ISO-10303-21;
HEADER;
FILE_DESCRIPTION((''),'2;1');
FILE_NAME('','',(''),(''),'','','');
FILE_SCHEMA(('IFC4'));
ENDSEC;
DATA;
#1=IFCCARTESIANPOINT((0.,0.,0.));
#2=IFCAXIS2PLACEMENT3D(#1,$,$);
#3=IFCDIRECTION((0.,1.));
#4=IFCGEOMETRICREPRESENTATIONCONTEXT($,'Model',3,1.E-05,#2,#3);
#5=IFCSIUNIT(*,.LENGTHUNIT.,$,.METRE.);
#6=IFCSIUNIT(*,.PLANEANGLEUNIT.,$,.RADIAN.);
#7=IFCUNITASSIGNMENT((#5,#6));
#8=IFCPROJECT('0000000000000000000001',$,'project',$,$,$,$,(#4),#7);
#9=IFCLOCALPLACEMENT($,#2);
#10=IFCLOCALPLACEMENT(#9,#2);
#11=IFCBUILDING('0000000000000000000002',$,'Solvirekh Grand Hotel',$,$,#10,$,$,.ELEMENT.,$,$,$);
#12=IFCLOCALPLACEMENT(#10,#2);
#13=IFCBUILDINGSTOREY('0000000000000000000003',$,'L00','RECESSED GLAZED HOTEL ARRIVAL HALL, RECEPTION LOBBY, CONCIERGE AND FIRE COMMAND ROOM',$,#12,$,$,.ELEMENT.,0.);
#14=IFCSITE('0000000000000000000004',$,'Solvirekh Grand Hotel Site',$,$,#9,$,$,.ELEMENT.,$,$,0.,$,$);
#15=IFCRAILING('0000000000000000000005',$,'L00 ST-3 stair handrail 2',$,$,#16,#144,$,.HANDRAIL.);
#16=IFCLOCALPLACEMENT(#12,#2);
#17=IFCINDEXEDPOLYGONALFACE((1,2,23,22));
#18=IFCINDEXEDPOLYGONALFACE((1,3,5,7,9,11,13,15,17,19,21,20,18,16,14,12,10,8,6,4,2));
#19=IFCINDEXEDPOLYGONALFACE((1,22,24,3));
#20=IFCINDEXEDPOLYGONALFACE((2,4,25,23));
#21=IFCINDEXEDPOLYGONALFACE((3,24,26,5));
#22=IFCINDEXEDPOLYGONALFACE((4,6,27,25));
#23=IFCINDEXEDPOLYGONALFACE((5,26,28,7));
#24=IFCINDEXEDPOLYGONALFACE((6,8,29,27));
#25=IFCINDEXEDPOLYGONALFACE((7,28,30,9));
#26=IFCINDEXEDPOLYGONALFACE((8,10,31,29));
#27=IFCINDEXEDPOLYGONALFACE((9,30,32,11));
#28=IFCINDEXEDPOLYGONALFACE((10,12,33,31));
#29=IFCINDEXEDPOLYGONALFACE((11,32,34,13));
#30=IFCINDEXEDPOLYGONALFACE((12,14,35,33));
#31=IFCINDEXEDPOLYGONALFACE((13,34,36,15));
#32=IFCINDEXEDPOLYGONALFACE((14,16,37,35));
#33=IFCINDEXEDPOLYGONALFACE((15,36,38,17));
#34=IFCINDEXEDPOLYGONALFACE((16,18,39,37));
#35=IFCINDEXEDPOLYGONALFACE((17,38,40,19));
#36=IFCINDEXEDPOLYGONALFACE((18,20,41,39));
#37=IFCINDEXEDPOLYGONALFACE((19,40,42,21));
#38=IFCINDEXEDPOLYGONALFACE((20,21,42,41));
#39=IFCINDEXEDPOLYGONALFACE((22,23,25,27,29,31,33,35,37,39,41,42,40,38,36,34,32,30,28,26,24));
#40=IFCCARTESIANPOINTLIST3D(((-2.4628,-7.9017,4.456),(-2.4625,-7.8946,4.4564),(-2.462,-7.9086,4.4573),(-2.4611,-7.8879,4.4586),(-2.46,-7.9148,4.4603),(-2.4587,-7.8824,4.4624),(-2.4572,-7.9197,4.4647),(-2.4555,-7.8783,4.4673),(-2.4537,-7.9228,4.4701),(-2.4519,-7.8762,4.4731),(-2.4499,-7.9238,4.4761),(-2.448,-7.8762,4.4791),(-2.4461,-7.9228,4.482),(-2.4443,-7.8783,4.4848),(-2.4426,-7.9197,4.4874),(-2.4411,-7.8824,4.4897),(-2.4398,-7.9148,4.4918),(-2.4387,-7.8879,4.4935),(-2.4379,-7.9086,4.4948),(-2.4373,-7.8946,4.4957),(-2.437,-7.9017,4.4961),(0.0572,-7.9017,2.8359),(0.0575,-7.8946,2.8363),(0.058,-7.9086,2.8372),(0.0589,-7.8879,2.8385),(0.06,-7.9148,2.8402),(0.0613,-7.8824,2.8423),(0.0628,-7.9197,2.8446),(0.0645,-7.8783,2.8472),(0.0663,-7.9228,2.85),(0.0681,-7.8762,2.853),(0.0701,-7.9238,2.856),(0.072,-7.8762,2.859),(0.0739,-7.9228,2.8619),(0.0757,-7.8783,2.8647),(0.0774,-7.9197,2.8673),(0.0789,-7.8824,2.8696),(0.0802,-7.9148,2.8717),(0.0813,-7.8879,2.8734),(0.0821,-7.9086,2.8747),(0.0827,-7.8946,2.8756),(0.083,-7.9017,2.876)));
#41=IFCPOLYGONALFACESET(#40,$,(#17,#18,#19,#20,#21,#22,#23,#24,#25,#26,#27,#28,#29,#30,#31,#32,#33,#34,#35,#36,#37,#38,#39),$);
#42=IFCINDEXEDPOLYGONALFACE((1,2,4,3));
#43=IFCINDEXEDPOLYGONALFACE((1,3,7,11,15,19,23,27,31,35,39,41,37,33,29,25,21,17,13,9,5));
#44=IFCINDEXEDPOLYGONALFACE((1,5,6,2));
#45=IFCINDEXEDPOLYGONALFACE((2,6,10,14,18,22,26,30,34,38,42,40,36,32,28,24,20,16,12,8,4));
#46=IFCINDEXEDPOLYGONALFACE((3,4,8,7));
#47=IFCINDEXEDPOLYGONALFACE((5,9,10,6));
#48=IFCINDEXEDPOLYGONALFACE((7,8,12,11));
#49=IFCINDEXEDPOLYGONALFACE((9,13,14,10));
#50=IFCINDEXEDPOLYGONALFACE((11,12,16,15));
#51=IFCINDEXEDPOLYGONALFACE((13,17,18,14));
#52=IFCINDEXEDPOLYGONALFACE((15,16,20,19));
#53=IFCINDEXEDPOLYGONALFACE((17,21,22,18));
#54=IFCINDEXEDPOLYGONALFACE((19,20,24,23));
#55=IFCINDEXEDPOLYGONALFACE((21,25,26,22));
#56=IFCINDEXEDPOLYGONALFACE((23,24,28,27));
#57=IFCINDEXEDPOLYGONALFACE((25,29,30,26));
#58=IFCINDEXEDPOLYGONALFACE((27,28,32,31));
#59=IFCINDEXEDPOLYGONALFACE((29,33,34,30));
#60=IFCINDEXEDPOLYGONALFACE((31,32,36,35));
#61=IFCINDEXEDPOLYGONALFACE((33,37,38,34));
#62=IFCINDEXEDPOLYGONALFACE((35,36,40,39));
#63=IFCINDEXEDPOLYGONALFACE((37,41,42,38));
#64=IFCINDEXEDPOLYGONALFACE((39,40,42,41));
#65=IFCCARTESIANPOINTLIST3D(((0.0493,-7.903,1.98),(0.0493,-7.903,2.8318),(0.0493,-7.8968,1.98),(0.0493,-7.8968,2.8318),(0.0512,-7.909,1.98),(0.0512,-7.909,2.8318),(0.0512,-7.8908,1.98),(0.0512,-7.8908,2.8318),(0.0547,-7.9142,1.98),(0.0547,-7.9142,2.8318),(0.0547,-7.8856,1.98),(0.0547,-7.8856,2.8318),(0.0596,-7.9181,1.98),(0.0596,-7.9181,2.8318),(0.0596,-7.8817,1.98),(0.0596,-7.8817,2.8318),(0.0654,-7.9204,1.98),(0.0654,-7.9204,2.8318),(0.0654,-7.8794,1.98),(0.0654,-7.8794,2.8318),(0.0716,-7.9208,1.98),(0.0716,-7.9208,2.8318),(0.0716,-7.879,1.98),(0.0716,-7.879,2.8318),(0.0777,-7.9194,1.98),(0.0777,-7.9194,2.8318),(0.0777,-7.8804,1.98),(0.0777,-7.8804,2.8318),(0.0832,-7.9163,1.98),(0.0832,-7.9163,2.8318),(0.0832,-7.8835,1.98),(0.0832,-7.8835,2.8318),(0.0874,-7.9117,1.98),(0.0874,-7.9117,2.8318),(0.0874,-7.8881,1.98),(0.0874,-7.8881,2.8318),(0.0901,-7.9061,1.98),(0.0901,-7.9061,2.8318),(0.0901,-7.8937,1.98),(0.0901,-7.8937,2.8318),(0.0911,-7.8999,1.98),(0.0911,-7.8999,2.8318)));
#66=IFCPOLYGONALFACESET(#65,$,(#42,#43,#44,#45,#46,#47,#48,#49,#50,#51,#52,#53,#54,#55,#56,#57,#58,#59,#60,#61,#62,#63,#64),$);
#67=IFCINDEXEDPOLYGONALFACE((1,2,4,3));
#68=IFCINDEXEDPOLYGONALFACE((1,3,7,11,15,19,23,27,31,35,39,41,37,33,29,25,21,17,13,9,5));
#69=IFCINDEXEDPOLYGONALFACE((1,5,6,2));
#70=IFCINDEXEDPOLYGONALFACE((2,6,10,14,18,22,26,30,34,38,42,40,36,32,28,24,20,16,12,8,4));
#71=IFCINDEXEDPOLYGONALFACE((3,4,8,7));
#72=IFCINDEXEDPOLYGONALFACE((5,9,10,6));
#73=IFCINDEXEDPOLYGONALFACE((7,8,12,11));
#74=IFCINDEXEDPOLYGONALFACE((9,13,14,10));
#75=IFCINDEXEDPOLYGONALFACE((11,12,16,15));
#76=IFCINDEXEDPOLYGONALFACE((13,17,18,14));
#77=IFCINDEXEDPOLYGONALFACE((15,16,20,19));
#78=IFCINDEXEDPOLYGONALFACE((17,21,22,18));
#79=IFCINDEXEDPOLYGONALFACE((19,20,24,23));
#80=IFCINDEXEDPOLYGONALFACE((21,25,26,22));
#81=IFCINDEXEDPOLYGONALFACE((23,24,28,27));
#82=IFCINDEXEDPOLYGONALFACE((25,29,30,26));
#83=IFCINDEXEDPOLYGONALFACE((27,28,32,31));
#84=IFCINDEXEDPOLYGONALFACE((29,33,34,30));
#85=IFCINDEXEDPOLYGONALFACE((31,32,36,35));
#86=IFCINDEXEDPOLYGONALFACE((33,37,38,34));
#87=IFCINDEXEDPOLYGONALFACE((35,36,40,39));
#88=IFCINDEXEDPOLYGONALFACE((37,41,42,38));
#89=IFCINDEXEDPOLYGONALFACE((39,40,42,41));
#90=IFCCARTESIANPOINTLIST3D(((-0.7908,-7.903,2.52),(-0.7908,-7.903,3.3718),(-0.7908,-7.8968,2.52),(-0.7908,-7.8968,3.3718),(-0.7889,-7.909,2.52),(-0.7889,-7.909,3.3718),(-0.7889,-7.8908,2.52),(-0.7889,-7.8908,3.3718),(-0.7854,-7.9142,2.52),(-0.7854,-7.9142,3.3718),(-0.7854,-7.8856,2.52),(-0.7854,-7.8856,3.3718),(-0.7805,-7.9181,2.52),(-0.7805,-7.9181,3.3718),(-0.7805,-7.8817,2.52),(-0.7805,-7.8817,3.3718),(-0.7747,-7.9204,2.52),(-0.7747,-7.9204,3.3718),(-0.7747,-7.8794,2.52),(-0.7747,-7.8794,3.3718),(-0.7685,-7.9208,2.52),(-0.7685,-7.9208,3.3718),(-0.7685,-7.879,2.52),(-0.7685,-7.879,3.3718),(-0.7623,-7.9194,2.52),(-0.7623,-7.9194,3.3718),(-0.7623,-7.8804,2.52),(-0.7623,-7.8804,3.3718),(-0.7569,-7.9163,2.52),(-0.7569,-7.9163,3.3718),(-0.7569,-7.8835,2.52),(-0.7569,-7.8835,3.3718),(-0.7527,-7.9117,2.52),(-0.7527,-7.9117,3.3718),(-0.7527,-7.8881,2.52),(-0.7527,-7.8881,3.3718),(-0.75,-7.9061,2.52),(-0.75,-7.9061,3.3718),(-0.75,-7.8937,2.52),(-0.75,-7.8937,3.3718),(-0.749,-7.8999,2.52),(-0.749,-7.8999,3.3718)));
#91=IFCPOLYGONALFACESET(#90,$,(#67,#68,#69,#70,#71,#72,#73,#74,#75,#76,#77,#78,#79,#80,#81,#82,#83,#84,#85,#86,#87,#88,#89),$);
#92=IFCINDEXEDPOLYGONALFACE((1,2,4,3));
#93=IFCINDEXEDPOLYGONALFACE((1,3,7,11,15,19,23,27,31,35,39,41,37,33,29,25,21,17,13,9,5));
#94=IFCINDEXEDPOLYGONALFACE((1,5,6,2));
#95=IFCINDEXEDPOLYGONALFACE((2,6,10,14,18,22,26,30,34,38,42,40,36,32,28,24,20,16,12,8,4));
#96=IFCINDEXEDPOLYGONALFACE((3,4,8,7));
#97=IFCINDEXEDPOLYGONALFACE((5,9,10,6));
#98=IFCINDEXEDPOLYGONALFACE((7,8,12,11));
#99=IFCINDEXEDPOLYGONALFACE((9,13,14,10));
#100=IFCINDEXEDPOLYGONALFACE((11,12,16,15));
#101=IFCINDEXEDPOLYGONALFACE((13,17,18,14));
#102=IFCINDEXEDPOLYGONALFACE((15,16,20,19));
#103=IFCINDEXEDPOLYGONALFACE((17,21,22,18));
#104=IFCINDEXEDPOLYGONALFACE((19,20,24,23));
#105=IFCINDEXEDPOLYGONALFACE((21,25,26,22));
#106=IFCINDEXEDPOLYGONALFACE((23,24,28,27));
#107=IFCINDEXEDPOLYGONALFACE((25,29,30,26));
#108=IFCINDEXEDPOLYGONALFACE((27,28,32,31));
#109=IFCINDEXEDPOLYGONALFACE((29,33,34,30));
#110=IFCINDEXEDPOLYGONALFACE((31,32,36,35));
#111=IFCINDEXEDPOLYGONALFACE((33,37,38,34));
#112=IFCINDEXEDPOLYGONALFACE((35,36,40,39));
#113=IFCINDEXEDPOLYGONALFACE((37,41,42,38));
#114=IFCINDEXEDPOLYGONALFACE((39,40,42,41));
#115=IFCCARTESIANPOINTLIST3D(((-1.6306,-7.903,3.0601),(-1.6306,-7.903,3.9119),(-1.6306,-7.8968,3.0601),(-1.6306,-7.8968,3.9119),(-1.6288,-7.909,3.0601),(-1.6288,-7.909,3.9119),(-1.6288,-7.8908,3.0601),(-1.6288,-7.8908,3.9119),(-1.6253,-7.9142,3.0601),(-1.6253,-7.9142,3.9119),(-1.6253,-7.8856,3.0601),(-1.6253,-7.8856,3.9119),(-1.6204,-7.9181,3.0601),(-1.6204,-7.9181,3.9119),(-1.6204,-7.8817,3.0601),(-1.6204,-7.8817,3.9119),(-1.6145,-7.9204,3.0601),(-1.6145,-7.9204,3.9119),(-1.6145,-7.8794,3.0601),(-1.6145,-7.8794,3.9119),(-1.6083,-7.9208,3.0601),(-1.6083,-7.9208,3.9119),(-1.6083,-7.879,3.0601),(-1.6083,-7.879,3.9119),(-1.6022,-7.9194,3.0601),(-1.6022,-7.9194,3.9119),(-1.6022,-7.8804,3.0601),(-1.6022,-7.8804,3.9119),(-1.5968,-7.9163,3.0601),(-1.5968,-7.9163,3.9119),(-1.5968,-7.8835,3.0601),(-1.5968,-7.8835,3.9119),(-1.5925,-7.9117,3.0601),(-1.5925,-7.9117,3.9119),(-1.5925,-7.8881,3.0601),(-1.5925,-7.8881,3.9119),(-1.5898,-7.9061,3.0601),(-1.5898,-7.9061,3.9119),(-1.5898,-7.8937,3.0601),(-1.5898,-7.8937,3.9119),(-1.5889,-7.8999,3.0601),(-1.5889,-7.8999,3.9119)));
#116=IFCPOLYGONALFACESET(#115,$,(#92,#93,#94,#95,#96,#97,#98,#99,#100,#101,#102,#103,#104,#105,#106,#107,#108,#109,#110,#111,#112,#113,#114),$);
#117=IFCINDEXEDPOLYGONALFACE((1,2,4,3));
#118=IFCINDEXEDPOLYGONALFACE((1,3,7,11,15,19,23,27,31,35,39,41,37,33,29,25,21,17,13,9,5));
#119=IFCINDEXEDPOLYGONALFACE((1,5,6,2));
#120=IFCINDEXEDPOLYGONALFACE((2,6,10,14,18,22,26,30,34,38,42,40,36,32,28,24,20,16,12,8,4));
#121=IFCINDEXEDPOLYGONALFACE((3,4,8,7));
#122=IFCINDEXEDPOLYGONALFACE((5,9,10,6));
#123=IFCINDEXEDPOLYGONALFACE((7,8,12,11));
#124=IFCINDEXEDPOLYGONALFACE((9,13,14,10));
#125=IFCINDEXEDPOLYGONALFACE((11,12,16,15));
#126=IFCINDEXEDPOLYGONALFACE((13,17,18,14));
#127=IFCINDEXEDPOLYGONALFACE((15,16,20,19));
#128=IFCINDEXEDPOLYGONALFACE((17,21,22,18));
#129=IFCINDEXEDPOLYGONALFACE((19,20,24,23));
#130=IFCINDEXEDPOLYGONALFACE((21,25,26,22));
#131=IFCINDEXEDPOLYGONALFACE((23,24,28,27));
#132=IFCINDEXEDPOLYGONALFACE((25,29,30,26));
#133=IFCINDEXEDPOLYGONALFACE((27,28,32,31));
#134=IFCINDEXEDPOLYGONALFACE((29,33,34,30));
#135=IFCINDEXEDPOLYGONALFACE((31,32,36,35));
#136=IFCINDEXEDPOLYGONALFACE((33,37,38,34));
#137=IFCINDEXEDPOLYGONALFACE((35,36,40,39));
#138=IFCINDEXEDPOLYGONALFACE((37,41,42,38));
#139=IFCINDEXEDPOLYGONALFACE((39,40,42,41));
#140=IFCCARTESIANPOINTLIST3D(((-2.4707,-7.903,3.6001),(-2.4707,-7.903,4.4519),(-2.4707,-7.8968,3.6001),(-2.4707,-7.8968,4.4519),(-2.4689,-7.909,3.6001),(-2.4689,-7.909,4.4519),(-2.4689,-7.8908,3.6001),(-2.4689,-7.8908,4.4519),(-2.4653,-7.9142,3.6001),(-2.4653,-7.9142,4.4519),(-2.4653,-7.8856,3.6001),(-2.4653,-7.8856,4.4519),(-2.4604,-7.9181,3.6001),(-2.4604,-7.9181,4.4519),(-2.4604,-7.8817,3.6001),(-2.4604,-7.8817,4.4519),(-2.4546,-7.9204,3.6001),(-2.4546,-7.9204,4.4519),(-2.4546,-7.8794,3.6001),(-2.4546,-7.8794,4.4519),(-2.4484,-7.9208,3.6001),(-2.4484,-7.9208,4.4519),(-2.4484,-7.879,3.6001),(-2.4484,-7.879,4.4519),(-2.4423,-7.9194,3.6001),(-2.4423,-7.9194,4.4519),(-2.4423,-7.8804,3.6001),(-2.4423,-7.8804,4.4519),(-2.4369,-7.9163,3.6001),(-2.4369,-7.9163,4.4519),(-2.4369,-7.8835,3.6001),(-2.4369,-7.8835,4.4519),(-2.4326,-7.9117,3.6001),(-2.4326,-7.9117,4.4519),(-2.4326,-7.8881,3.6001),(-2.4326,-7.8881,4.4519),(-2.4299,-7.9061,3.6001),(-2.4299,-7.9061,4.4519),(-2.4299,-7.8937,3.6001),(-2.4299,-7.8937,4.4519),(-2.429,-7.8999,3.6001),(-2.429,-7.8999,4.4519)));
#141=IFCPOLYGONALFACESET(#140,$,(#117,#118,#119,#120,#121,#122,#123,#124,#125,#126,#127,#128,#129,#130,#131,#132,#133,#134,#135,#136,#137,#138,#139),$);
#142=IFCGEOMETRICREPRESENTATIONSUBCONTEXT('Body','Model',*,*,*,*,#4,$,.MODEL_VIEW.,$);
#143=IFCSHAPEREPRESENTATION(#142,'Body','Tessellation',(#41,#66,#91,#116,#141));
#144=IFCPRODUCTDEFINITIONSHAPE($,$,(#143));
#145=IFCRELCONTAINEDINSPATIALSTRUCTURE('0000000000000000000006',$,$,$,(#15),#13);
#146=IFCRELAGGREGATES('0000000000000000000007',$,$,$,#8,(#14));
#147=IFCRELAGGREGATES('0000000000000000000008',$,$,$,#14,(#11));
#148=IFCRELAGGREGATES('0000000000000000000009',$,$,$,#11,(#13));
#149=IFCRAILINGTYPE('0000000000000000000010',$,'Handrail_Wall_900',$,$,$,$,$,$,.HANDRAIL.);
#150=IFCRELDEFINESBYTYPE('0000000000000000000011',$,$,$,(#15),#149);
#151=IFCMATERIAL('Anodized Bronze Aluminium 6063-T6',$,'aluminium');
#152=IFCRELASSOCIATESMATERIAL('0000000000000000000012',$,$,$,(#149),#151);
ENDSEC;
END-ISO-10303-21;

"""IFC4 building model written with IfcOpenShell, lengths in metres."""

from ifc_helpers import new_model, si_unit, direction, frame, origin, origin_2d, place, context, subcontext, project, spatial, circle, extrude, material, type_object, element, save


model = new_model("IFC4")

# Units and contexts
model_context = context("Model", 3, precision=1e-05, world=origin(), true_north=direction((0.0, 1.0)))
body_context = subcontext(model_context, "Body", "Model", "MODEL_VIEW")
ifc_project = project(units=[si_unit("LENGTHUNIT", "METRE"), si_unit("PLANEANGLEUNIT", "RADIAN")], contexts=[model_context])

# Site, building, storey
site_placement = place(None, origin())
site = spatial("IfcSite", under=ifc_project, at=site_placement, Name="Solvirekh Grand Hotel Site", CompositionType="ELEMENT", RefElevation=0.0)
building_placement = place(site_placement, origin())
building = spatial("IfcBuilding", under=site, at=building_placement, Name="Solvirekh Grand Hotel", CompositionType="ELEMENT")
storey_placement = place(building_placement, origin())
storey = spatial("IfcBuildingStorey", under=building, at=storey_placement, Name="L00", Description="RECESSED GLAZED HOTEL ARRIVAL HALL, RECEPTION LOBBY, CONCIERGE AND FIRE COMMAND ROOM", CompositionType="ELEMENT", Elevation=0.0)

# Shared definitions
ifc_material_1 = material(Name="Anodized Bronze Aluminium 6063-T6", Category="aluminium")

# Railing
railing_type_1 = type_object("IfcRailingType", Name="Handrail_Wall_900", PredefinedType="HANDRAIL", material=ifc_material_1)
railing_1_placement = place(storey_placement, frame((0.0701, -7.8999, 1.98)))
element("IfcRailing", 1, at=railing_1_placement, inside=storey, type_object=railing_type_1, Name="L00 ST-3 stair handrail 2", PredefinedType="HANDRAIL", context=body_context, shape_type="SweptSolid", body=[
    extrude(circle(Radius=0.0239, at=origin_2d()), frame((0.0, 0.0, 0.876), z_axis=(-0.841163, 0.0, 0.540782), x_axis=(0.0, -1.0, 0.0)), (0.0, 0.0, 1.0), 2.9958),
    extrude(circle(Radius=0.021, at=origin_2d()), origin(), (0.0, 0.0, 1.0), 0.8518),
    extrude(circle(Radius=0.021, at=origin_2d()), frame((-0.8401, 0.0, 0.54)), (0.0, 0.0, 1.0), 0.8518),
    extrude(circle(Radius=0.021, at=origin_2d()), frame((-1.6799, 0.0, 1.0801)), (0.0, 0.0, 1.0), 0.8518),
    extrude(circle(Radius=0.021, at=origin_2d()), frame((-2.52, 0.0, 1.6201)), (0.0, 0.0, 1.0), 0.8518),
])

save(model, "model.ifc")
